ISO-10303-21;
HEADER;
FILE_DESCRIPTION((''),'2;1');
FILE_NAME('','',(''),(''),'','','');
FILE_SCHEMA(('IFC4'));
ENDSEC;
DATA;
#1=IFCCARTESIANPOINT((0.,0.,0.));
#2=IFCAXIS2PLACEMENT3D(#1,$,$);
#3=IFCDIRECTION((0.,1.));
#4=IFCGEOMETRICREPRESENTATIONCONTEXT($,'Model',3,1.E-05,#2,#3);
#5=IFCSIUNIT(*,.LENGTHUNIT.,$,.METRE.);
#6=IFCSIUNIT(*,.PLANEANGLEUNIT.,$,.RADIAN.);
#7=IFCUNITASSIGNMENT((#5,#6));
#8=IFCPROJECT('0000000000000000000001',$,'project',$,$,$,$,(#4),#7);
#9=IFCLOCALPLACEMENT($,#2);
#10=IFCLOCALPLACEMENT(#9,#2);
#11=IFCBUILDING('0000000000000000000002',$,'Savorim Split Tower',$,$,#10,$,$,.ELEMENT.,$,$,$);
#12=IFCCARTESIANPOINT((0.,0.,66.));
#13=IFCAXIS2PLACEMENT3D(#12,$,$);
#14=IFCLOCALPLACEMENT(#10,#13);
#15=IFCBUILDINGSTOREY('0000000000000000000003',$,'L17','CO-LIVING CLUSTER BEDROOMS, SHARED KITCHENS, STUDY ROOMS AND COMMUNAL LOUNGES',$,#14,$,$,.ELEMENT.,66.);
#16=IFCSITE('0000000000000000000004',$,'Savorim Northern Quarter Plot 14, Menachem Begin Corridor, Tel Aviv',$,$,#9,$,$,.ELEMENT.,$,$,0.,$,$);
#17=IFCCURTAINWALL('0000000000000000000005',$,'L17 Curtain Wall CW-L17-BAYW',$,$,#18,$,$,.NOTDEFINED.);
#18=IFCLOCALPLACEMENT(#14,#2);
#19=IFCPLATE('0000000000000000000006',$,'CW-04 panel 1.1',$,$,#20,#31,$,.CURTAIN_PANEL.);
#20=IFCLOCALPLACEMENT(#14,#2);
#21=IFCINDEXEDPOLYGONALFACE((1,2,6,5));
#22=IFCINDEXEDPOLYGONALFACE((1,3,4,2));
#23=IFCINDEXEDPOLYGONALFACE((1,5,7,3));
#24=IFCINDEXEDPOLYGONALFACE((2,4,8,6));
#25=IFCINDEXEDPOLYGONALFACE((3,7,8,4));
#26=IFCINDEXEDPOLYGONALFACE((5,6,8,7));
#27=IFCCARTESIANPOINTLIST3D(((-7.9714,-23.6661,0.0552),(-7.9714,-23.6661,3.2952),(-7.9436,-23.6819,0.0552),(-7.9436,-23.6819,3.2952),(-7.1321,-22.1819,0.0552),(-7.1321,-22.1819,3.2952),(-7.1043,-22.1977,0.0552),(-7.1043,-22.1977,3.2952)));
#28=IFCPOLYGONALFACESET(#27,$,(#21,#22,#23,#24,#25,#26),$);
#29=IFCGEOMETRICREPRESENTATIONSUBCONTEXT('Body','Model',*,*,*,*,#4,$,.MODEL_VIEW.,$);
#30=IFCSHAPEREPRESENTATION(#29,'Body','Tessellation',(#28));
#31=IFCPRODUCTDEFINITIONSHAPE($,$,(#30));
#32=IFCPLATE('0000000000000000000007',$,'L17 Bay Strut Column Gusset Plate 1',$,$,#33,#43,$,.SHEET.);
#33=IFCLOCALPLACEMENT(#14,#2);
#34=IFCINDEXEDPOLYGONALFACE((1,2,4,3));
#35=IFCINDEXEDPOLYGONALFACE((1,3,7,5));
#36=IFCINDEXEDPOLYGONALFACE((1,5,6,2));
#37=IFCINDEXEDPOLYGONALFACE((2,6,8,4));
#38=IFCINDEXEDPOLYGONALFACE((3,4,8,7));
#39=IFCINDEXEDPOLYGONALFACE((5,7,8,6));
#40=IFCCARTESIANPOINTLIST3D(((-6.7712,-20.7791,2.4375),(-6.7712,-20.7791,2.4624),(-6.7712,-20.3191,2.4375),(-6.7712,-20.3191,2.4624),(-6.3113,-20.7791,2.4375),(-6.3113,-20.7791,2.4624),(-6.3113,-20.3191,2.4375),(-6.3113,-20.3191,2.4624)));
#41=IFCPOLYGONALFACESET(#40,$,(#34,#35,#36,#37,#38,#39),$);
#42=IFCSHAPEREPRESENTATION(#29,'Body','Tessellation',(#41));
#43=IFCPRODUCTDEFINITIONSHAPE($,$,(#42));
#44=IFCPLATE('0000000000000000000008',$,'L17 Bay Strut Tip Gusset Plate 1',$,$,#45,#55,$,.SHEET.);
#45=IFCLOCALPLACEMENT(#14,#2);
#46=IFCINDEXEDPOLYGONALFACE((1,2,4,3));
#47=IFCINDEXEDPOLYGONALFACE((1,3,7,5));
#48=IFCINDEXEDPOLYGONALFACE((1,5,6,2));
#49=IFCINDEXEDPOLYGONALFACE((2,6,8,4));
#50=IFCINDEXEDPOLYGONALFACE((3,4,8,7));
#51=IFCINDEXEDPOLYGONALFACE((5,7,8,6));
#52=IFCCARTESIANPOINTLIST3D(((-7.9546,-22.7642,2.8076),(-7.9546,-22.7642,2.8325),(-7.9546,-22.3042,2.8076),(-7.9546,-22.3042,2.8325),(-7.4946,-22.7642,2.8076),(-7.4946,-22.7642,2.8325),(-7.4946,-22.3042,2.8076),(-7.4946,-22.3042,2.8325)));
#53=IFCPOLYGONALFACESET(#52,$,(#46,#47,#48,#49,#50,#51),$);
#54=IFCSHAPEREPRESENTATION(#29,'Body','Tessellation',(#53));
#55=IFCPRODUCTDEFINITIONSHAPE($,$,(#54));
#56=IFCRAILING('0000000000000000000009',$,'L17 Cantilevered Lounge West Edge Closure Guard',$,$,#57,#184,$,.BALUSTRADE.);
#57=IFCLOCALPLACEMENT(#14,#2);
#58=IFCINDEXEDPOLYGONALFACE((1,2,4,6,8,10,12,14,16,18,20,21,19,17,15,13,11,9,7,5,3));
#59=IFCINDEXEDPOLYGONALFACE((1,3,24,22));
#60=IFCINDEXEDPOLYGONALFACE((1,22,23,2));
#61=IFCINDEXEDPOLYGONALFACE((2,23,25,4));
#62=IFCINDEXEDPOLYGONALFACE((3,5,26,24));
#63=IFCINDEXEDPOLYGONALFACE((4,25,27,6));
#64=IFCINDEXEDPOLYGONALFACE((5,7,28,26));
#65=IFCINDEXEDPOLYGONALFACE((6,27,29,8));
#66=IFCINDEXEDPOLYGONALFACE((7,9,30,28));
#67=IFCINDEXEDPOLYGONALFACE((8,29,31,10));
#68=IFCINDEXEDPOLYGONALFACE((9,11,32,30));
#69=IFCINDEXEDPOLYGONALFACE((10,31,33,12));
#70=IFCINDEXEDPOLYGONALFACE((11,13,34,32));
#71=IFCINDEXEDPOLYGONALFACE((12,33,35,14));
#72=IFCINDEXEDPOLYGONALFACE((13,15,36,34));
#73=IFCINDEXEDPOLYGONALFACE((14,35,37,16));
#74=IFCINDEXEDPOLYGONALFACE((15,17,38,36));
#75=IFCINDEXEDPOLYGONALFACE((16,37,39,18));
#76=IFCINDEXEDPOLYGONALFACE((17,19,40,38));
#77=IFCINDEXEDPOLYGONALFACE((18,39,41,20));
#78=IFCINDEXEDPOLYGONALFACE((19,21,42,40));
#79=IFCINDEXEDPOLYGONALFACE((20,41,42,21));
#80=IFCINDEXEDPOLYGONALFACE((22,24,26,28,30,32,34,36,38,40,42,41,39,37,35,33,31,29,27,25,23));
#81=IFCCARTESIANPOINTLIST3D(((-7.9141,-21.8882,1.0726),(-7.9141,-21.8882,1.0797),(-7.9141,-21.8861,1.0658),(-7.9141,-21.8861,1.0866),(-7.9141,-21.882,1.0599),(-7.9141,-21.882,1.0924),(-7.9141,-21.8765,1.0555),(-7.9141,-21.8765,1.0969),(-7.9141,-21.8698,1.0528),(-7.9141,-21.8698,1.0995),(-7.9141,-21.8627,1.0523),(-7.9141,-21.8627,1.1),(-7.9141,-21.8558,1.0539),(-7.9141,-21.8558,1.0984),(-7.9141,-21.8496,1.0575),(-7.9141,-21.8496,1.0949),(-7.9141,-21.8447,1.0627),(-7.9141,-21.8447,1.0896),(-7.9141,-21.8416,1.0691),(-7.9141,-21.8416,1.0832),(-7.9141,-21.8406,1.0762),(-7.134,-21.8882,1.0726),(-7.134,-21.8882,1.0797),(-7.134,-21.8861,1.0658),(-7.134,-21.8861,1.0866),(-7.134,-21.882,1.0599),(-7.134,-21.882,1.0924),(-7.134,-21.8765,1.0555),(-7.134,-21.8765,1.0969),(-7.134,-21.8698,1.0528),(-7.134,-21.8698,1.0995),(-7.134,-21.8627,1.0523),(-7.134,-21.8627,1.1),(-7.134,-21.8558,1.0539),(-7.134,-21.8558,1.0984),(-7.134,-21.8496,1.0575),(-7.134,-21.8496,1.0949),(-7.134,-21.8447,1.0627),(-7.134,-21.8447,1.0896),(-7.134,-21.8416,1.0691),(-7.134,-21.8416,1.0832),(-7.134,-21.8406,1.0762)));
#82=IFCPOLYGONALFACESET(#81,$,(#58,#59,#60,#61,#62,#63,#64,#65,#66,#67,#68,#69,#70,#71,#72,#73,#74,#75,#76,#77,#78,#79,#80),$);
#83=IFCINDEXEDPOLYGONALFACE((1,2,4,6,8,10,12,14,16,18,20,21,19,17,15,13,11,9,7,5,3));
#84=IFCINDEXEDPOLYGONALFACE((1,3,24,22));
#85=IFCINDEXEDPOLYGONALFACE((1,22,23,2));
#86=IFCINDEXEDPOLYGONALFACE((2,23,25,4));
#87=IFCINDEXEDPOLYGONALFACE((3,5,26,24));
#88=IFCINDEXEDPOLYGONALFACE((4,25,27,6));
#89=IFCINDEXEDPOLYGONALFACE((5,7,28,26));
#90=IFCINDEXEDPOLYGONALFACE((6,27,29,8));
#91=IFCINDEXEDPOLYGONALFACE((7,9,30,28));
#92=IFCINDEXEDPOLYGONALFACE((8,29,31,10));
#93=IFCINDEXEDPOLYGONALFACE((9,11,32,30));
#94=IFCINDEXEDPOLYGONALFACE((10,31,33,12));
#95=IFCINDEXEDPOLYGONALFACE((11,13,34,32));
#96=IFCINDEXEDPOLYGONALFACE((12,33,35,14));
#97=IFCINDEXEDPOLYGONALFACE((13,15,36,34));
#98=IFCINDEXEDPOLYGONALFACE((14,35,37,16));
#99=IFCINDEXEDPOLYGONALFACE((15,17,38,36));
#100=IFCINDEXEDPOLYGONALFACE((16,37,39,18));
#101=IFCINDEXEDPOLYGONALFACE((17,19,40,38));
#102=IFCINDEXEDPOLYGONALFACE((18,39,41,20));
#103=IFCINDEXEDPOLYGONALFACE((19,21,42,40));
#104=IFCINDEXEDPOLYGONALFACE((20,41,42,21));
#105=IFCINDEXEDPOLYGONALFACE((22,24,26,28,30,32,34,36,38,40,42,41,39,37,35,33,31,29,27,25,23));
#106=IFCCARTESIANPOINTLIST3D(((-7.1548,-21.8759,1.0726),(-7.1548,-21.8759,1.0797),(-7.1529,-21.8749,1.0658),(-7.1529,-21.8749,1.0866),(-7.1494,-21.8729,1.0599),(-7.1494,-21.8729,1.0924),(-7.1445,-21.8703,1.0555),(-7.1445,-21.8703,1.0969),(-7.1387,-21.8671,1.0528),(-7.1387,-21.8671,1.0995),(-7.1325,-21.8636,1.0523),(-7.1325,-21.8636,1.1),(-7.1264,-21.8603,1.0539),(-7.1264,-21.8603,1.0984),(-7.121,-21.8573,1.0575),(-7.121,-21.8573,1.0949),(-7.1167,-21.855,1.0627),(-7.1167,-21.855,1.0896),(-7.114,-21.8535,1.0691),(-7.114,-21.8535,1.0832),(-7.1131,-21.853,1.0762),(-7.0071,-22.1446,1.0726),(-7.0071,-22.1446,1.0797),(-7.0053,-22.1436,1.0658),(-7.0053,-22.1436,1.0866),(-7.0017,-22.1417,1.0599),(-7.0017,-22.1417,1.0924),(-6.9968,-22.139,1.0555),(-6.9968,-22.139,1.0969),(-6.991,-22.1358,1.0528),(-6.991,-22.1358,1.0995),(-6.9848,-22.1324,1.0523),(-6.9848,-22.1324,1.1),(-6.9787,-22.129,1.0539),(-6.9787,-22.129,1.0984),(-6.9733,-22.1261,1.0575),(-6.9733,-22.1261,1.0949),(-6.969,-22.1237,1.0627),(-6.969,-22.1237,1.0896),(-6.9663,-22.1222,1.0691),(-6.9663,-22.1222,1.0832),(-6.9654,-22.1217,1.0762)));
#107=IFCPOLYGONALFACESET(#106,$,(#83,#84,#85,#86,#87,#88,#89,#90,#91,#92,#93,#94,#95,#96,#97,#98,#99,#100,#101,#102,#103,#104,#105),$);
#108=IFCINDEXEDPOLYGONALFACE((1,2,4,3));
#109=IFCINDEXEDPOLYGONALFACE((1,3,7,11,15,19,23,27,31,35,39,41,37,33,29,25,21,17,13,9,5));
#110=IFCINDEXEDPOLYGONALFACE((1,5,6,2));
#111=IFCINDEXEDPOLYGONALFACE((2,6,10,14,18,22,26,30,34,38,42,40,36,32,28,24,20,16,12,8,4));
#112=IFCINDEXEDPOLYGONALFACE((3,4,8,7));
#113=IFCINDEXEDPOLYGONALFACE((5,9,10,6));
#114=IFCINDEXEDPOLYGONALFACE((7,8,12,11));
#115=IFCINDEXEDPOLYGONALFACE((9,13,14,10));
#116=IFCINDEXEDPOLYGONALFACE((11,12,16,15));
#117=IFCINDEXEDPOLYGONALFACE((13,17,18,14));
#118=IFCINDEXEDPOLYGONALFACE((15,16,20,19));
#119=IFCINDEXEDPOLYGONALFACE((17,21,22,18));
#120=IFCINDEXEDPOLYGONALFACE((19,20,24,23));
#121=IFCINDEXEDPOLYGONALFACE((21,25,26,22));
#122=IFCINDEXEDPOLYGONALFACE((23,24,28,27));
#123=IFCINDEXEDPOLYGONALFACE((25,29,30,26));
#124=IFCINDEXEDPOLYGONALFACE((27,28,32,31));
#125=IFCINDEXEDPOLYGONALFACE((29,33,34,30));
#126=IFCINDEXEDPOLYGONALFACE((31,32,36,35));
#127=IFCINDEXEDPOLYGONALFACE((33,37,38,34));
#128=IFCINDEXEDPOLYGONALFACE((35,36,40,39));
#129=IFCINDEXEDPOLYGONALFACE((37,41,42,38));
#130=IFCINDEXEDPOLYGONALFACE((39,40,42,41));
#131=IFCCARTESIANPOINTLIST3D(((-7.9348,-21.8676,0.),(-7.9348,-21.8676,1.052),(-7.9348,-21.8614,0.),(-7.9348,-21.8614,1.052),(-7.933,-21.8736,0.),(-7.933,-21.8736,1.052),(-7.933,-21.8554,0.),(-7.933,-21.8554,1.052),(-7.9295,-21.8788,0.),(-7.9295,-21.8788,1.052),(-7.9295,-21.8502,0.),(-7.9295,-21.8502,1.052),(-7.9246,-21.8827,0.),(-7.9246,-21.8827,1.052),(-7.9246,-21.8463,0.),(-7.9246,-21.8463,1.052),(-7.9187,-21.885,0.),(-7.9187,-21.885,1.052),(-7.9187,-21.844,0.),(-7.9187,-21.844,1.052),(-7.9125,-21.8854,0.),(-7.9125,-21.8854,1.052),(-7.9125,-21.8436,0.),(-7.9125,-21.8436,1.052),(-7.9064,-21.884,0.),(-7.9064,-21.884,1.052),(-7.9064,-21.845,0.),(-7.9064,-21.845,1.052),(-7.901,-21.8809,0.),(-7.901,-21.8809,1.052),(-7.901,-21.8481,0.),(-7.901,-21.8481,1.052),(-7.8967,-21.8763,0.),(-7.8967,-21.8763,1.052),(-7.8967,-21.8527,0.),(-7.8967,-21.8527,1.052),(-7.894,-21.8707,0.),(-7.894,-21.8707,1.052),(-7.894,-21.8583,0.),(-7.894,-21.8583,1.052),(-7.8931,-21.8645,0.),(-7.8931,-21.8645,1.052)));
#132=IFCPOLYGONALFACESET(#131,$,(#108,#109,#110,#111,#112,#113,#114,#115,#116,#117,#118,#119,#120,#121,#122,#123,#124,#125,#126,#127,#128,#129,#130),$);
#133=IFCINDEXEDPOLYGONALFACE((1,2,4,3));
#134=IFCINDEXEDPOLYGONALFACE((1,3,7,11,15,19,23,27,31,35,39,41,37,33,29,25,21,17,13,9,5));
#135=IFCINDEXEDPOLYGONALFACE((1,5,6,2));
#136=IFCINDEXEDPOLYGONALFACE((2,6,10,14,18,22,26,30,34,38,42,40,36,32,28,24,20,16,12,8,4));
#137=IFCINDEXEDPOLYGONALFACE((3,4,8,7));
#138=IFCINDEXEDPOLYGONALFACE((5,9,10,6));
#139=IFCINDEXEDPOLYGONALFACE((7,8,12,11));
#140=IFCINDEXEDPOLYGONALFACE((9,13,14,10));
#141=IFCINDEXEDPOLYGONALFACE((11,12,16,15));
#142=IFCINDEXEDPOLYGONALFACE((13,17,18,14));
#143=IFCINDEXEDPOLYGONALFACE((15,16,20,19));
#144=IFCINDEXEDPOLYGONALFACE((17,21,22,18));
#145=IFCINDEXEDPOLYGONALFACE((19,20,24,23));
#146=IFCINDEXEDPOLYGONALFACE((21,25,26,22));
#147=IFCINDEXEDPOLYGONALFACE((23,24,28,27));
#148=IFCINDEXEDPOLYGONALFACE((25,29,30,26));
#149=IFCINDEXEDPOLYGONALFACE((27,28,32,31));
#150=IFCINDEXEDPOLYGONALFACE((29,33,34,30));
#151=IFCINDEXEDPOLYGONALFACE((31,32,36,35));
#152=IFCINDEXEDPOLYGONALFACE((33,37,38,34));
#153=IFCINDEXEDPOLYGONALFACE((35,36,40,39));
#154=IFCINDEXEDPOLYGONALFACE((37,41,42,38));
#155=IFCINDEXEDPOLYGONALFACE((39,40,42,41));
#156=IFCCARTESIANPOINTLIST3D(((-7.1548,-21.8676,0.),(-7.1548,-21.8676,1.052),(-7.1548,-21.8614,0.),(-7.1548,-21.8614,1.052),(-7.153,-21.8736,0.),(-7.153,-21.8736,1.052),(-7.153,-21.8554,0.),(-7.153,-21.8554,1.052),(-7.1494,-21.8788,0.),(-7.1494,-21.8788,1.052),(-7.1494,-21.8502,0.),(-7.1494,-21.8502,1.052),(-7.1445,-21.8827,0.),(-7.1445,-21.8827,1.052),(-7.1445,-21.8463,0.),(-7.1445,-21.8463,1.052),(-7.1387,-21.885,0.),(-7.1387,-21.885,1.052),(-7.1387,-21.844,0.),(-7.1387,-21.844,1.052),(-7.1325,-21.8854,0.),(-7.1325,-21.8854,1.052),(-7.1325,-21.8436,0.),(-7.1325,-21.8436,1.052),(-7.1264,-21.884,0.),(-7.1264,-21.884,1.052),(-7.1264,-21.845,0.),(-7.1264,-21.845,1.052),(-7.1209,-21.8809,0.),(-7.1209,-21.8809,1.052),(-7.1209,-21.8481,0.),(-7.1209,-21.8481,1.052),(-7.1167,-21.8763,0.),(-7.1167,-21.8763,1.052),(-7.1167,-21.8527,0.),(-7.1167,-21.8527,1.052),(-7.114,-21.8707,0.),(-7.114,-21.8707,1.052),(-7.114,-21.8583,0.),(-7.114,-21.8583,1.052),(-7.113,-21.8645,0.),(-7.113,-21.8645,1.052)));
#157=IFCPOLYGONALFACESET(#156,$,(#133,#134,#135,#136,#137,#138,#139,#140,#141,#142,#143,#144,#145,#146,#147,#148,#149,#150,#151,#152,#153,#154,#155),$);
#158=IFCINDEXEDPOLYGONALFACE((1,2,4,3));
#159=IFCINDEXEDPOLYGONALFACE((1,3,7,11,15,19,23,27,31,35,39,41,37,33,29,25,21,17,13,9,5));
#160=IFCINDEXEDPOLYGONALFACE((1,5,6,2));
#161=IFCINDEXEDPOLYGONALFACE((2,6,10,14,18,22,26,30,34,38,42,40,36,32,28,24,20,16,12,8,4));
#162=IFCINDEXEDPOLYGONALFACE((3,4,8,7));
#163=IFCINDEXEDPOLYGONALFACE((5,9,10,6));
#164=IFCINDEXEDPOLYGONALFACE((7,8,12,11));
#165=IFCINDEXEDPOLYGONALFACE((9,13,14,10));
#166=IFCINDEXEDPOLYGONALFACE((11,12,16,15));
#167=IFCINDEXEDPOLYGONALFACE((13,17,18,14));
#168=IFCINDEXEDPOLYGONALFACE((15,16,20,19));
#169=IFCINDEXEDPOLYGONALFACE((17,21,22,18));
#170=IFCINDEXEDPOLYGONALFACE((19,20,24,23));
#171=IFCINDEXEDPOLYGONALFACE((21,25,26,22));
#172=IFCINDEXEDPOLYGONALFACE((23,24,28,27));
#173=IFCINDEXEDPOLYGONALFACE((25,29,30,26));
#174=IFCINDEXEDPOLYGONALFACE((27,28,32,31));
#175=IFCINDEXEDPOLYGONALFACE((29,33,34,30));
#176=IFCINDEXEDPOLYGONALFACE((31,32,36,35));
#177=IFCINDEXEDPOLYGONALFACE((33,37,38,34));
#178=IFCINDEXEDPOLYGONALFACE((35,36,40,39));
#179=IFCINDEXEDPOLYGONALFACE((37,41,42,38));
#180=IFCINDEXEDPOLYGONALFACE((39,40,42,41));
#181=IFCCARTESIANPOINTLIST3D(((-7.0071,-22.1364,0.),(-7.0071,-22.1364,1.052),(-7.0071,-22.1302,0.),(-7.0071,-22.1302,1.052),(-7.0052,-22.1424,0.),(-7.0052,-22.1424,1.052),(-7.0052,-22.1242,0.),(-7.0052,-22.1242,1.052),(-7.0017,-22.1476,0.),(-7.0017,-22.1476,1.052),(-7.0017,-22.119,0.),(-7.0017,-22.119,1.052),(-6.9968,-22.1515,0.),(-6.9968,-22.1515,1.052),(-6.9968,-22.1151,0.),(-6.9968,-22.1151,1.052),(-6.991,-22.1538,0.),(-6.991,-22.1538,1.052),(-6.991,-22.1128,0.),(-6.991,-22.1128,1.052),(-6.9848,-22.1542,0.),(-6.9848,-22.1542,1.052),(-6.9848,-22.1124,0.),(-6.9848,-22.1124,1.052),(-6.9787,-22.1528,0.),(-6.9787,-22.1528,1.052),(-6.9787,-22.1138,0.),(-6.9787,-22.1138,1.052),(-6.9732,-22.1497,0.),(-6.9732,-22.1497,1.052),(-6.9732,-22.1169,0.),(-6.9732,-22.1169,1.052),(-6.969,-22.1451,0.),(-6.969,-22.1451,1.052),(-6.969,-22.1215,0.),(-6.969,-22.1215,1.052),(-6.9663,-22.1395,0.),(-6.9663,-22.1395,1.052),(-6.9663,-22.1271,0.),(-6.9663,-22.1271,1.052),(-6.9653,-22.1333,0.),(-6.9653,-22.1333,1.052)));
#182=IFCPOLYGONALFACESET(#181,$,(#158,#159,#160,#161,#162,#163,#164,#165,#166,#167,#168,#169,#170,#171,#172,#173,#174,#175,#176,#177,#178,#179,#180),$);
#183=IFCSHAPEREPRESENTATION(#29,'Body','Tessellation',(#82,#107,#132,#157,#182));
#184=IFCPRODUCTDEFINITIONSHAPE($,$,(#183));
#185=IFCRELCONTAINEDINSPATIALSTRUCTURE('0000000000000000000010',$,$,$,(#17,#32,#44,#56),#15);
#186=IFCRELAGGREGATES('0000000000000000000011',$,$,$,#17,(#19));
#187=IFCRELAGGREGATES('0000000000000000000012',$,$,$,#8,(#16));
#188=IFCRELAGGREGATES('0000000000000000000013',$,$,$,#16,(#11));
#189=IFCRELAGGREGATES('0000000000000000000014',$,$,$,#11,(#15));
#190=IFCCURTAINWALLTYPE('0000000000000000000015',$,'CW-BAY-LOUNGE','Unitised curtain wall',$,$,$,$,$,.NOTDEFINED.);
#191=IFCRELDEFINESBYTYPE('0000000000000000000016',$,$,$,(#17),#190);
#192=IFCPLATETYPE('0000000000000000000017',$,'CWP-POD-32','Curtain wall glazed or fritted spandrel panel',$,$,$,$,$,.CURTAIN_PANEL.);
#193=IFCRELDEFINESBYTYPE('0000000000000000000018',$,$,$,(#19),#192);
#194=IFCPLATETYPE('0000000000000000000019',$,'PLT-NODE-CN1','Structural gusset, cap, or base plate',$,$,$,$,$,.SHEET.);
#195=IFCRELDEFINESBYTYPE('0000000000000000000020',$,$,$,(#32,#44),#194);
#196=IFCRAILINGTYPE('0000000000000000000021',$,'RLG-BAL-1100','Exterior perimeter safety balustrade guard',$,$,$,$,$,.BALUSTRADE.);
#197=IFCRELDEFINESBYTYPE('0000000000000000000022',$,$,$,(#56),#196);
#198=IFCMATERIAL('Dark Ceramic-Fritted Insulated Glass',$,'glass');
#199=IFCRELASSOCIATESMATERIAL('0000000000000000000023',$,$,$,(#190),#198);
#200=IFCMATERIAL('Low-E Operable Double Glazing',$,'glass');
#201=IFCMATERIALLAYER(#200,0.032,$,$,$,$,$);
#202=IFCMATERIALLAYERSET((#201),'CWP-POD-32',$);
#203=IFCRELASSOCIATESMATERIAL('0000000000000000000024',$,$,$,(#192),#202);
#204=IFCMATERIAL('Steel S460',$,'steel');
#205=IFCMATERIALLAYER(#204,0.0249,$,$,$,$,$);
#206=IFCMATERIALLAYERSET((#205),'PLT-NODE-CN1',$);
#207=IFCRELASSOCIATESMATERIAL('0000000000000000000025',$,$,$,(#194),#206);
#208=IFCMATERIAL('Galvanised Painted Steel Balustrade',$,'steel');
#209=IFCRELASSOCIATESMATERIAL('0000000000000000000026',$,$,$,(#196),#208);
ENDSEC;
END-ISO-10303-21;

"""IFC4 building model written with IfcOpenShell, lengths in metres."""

from ifc_helpers import new_model, si_unit, direction, frame, origin, origin_2d, place, context, subcontext, project, spatial, rectangle, circle, extrude, material, layer, layer_set, type_object, element, aggregate, save


model = new_model("IFC4")

# Units and contexts
model_context = context("Model", 3, precision=1e-05, world=origin(), true_north=direction((0.0, 1.0)))
body_context = subcontext(model_context, "Body", "Model", "MODEL_VIEW")
ifc_project = project(units=[si_unit("LENGTHUNIT", "METRE"), si_unit("PLANEANGLEUNIT", "RADIAN")], contexts=[model_context])

# Site, building, storey
site_placement = place(None, origin())
site = spatial("IfcSite", under=ifc_project, at=site_placement, Name="Savorim Northern Quarter Plot 14, Menachem Begin Corridor, Tel Aviv", CompositionType="ELEMENT", RefElevation=0.0)
building_placement = place(site_placement, origin())
building = spatial("IfcBuilding", under=site, at=building_placement, Name="Savorim Split Tower", CompositionType="ELEMENT")
storey_placement = place(building_placement, frame((0.0, 0.0, 66.0)))
storey = spatial("IfcBuildingStorey", under=building, at=storey_placement, Name="L17", Description="CO-LIVING CLUSTER BEDROOMS, SHARED KITCHENS, STUDY ROOMS AND COMMUNAL LOUNGES", CompositionType="ELEMENT", Elevation=66.0)

# Shared definitions
ifc_material_1 = material(Name="Steel S460", Category="steel")

# Shared definitions
ifc_material_2 = material(Name="Dark Ceramic-Fritted Insulated Glass", Category="glass")

# Curtain wall
curtain_wall_type_1 = type_object("IfcCurtainWallType", Name="CW-BAY-LOUNGE", Description="Unitised curtain wall", PredefinedType="NOTDEFINED", material=ifc_material_2)
curtain_wall_1_placement = place(storey_placement, origin())
curtain_wall_1 = element("IfcCurtainWall", 1, at=curtain_wall_1_placement, inside=storey, type_object=curtain_wall_type_1, Name="L17 Curtain Wall CW-L17-BAYW", PredefinedType="NOTDEFINED")

# Plate
ifc_material_3 = material(Name="Low-E Operable Double Glazing", Category="glass")
ifc_layer_1 = layer(ifc_material_3, 0.032)
ifc_layer_set_1 = layer_set([ifc_layer_1], Name="CWP-POD-32")
plate_type_1 = type_object("IfcPlateType", Name="CWP-POD-32", Description="Curtain wall glazed or fritted spandrel panel", PredefinedType="CURTAIN_PANEL", material=ifc_layer_set_1)
plate_1_placement = place(storey_placement, frame((-7.5378, -22.9319, 0.0552), z_axis=(0.0, 0.0, 1.0), x_axis=(-0.492255, -0.870451, 0.0)))
plate_1 = element("IfcPlate", 2, at=plate_1_placement, type_object=plate_type_1, Name="CW-04 panel 1.1", PredefinedType="CURTAIN_PANEL", context=body_context, shape_type="SweptSolid", body=[
    extrude(rectangle(XDim=1.7051, YDim=0.032, at=origin_2d()), origin(), (0.0, 0.0, 1.0), 3.24),
])
aggregate(curtain_wall_1, [plate_1])

# Plates
ifc_layer_2 = layer(ifc_material_1, 0.0249)
ifc_layer_set_2 = layer_set([ifc_layer_2], Name="PLT-NODE-CN1")
plate_type_2 = type_object("IfcPlateType", Name="PLT-NODE-CN1", Description="Structural gusset, cap, or base plate", PredefinedType="SHEET", material=ifc_layer_set_2)
for number, where, z_axis, x_axis, name in (
    (3, (-6.5413, -20.5491, 2.4375), (0.0, 0.0, 1.0), (1.0, 0.0, 0.0), "L17 Bay Strut Column Gusset Plate 1"),
    (4, (-7.7246, -22.5342, 2.8076), (0.0, 0.0, 1.0), (1.0, 0.0, 0.0), "L17 Bay Strut Tip Gusset Plate 1"),
):
    element("IfcPlate", number, at=place(storey_placement, frame(where, z_axis=z_axis, x_axis=x_axis)), inside=storey, type_object=plate_type_2, Name=name, PredefinedType="SHEET", context=body_context, shape_type="SweptSolid", body=[
        extrude(rectangle(XDim=0.46, YDim=0.46, at=origin_2d()), origin(), (0.0, 0.0, 1.0), 0.0249),
    ])

# Railing
ifc_material_4 = material(Name="Galvanised Painted Steel Balustrade", Category="steel")
railing_type = type_object("IfcRailingType", Name="RLG-BAL-1100", Description="Exterior perimeter safety balustrade guard", PredefinedType="BALUSTRADE", material=ifc_material_4)
railing_placement = place(storey_placement, frame((-7.9141, -21.8645, 0.0)))
element("IfcRailing", 5, at=railing_placement, inside=storey, type_object=railing_type, Name="L17 Cantilevered Lounge West Edge Closure Guard", PredefinedType="BALUSTRADE", context=body_context, shape_type="SweptSolid", body=[
    extrude(circle(Radius=0.0239, at=origin_2d()), frame((0.0, 0.0, 1.0762), z_axis=(1.0, 0.0, 0.0), x_axis=(0.0, 1.0, 0.0)), (0.0, 0.0, 1.0), 0.78),
    extrude(circle(Radius=0.0239, at=origin_2d()), frame((0.78, 0.0, 1.0762), z_axis=(0.481583, -0.876401, 0.0), x_axis=(0.876401, 0.481583, 0.0)), (0.0, 0.0, 1.0), 0.3066),
    extrude(circle(Radius=0.021, at=origin_2d()), origin(), (0.0, 0.0, 1.0), 1.052),
    extrude(circle(Radius=0.021, at=origin_2d()), frame((0.78, 0.0, 0.0)), (0.0, 0.0, 1.0), 1.052),
    extrude(circle(Radius=0.021, at=origin_2d()), frame((0.9277, -0.2688, 0.0)), (0.0, 0.0, 1.0), 1.052),
])

save(model, "model.ifc")
